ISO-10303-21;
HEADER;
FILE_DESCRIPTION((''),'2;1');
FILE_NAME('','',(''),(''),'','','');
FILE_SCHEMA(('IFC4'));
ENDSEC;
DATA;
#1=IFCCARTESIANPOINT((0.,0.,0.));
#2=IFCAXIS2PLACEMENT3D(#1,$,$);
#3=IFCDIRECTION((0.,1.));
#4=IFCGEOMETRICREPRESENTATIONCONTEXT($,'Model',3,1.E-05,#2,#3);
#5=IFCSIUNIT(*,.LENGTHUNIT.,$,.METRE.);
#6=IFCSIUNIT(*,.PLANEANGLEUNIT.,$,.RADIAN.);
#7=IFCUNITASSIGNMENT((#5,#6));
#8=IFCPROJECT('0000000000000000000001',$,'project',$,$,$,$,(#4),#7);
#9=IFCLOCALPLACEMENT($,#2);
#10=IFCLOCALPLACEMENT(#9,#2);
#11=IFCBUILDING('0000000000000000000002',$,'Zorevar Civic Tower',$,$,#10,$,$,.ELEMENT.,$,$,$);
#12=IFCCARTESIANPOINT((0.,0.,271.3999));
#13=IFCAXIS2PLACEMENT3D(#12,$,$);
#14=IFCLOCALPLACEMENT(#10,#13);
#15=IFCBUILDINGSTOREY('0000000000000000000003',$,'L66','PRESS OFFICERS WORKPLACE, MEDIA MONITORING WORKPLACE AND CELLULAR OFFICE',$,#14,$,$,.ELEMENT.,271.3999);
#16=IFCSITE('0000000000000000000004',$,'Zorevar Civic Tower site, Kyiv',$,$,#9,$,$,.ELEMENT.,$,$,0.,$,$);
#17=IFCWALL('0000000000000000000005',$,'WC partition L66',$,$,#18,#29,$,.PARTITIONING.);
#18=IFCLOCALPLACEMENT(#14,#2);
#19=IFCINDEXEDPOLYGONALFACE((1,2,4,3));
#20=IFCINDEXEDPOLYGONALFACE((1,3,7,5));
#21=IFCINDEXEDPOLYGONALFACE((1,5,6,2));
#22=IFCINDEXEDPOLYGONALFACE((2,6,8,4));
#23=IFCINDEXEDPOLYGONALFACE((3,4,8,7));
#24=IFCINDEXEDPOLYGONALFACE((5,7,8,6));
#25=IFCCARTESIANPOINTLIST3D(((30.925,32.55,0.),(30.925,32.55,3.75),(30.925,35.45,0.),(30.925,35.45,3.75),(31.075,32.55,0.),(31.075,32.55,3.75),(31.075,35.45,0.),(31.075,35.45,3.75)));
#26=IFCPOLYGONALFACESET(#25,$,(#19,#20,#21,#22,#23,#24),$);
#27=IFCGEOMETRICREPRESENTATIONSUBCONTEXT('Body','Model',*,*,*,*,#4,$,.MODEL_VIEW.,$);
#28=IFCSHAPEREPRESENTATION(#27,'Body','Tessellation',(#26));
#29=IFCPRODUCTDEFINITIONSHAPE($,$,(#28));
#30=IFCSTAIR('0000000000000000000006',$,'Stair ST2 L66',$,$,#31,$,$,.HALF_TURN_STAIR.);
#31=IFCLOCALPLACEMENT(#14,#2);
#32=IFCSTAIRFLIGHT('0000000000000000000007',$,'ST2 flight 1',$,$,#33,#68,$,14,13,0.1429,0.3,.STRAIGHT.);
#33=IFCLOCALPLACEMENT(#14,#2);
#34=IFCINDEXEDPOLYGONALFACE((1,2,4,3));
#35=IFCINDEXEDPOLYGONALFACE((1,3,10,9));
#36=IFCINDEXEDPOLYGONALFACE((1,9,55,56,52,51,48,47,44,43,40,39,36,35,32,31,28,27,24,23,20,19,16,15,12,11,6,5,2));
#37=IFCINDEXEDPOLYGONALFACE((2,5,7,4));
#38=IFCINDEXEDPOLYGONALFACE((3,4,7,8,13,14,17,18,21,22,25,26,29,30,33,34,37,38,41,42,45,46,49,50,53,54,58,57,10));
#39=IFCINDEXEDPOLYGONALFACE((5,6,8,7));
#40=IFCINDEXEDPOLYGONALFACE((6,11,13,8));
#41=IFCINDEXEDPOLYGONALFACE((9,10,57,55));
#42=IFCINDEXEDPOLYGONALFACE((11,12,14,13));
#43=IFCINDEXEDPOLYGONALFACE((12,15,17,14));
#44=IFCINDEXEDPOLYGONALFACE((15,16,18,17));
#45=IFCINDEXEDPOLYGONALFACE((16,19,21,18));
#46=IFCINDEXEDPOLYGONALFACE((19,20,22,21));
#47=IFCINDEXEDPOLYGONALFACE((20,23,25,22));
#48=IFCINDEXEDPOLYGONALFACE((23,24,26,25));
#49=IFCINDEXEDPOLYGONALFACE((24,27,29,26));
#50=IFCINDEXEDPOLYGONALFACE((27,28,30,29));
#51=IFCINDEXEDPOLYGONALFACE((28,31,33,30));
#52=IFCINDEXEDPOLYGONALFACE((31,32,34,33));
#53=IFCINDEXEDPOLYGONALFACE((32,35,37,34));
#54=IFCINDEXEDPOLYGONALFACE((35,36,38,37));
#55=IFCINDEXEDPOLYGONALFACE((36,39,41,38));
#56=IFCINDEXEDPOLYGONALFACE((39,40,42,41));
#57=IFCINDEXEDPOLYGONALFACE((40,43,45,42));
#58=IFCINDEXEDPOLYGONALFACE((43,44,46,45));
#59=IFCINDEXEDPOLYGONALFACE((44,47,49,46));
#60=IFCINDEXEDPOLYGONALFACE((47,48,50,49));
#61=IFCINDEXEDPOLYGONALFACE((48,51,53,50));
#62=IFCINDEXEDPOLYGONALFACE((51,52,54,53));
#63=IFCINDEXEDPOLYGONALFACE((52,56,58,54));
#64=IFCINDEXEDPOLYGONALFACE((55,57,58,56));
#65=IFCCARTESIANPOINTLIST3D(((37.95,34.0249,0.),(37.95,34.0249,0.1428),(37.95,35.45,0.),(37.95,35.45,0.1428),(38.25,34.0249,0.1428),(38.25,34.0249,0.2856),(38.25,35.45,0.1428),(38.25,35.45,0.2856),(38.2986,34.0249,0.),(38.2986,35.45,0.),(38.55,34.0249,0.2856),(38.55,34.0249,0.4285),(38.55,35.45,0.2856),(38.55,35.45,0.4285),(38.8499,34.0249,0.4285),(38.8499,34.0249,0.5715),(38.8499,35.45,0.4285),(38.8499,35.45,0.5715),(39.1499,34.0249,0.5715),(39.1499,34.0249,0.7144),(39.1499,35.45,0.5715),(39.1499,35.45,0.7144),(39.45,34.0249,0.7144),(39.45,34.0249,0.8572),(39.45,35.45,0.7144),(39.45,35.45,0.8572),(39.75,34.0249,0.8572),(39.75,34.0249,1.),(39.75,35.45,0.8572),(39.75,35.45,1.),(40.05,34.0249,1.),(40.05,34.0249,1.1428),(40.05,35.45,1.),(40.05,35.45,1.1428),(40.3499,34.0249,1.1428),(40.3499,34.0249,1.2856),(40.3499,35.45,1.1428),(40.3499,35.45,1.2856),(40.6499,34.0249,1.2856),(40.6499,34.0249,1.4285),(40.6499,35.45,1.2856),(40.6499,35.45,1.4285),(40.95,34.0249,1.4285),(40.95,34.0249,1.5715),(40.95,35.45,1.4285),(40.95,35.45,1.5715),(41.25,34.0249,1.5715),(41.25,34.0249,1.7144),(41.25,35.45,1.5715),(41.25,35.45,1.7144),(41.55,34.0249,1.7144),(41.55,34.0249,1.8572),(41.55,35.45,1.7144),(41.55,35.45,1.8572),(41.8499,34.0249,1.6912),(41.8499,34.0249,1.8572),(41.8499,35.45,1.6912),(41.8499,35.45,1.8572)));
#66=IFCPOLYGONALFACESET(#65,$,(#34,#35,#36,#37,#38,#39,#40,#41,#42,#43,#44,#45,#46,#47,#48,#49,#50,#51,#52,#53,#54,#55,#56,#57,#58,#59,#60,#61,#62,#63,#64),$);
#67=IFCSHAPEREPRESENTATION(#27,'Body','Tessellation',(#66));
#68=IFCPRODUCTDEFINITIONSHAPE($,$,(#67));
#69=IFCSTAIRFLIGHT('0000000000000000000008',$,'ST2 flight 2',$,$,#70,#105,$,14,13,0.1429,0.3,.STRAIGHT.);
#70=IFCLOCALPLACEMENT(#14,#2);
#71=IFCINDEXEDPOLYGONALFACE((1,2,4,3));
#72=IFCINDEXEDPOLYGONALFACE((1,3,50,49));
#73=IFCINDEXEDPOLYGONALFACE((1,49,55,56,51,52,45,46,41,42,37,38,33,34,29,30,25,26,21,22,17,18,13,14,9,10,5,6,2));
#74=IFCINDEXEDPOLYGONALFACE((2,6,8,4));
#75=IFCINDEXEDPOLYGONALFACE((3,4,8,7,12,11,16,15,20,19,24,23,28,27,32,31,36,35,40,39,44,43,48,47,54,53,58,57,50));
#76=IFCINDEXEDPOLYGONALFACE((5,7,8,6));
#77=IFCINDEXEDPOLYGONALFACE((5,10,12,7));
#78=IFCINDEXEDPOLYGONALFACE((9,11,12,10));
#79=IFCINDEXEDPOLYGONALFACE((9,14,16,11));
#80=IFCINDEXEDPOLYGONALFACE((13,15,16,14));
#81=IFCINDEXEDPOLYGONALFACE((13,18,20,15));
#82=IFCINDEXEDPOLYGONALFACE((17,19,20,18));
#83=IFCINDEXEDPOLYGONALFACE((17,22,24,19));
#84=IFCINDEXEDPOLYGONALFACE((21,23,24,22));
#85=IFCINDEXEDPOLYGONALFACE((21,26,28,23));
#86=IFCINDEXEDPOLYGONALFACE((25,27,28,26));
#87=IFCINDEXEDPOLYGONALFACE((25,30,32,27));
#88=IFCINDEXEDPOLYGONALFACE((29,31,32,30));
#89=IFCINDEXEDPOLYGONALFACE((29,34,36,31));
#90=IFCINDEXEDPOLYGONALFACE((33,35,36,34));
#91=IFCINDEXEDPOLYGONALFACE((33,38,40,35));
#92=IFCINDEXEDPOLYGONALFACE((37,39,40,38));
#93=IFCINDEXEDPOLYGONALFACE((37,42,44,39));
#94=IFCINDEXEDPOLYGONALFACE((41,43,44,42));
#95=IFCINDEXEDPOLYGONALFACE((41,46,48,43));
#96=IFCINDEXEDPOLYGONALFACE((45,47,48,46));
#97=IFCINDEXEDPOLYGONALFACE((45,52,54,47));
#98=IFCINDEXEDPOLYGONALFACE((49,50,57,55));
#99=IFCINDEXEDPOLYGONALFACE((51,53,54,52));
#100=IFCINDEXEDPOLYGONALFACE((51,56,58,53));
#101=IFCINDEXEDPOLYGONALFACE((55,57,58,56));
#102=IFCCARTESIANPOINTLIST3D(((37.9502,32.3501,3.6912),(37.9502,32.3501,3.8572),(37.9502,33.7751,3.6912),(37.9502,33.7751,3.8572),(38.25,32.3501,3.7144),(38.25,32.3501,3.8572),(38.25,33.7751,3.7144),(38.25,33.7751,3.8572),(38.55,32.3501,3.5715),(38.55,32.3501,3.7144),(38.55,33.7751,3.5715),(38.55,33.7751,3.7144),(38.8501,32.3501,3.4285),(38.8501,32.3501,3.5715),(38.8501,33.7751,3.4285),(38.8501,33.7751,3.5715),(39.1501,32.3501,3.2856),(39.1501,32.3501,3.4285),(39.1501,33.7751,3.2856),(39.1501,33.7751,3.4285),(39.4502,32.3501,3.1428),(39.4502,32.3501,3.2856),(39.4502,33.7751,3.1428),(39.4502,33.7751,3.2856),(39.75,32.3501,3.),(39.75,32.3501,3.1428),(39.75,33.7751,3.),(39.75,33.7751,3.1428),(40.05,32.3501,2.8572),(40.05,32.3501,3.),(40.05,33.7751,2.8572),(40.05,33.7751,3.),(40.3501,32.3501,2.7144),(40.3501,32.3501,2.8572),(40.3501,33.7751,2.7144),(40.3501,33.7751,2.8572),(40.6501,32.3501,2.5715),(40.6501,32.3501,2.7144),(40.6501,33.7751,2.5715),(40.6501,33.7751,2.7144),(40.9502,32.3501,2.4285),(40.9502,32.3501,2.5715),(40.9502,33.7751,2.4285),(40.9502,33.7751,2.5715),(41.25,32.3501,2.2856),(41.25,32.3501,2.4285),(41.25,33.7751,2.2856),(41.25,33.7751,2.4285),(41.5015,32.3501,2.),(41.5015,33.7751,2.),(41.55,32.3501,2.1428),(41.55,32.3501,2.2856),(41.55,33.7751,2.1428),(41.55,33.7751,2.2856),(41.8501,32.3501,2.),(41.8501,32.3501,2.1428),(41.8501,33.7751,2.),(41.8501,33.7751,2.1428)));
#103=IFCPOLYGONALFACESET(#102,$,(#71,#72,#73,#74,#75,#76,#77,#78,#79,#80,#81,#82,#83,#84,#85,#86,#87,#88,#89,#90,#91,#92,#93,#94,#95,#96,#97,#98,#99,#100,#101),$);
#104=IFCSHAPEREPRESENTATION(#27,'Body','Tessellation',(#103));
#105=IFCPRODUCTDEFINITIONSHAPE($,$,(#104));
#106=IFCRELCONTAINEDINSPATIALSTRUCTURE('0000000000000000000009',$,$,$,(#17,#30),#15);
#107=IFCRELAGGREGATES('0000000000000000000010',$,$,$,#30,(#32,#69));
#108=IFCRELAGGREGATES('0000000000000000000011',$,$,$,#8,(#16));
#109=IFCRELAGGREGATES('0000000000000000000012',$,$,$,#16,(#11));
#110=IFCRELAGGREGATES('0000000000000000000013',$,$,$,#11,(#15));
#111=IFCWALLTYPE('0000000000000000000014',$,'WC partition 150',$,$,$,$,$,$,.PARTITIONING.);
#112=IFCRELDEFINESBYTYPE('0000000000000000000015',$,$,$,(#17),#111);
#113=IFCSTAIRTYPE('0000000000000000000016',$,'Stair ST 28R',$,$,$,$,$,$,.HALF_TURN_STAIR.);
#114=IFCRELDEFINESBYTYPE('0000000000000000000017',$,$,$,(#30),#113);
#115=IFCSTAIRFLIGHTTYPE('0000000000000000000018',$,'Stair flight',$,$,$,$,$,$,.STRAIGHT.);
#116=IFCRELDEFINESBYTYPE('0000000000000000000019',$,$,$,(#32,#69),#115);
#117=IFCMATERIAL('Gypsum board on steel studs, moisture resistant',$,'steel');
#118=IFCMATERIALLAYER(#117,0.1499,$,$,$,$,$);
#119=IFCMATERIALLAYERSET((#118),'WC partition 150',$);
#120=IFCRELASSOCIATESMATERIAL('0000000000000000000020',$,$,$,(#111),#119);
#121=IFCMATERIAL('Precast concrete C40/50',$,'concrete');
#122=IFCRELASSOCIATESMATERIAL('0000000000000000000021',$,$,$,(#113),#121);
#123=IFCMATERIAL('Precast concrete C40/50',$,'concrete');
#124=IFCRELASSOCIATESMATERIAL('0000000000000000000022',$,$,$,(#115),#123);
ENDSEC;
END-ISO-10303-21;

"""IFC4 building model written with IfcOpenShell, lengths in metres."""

from ifc_helpers import new_model, si_unit, direction, frame, frame_2d, origin, place, context, subcontext, project, spatial, polyline, rectangle, outline, extrude, material, layer, layer_set, type_object, element, aggregate, save


model = new_model("IFC4")

# Units and contexts
model_context = context("Model", 3, precision=1e-05, world=origin(), true_north=direction((0.0, 1.0)))
body_context = subcontext(model_context, "Body", "Model", "MODEL_VIEW")
ifc_project = project(units=[si_unit("LENGTHUNIT", "METRE"), si_unit("PLANEANGLEUNIT", "RADIAN")], contexts=[model_context])

# Site, building, storey
site_placement = place(None, origin())
site = spatial("IfcSite", under=ifc_project, at=site_placement, Name="Zorevar Civic Tower site, Kyiv", CompositionType="ELEMENT", RefElevation=0.0)
building_placement = place(site_placement, origin())
building = spatial("IfcBuilding", under=site, at=building_placement, Name="Zorevar Civic Tower", CompositionType="ELEMENT")
storey_placement = place(building_placement, frame((0.0, 0.0, 271.3999)))
storey = spatial("IfcBuildingStorey", under=building, at=storey_placement, Name="L66", Description="PRESS OFFICERS WORKPLACE, MEDIA MONITORING WORKPLACE AND CELLULAR OFFICE", CompositionType="ELEMENT", Elevation=271.3999)

# Wall
ifc_material_1 = material(Name="Gypsum board on steel studs, moisture resistant", Category="steel")
ifc_layer_1 = layer(ifc_material_1, 0.1499)
ifc_layer_set_1 = layer_set([ifc_layer_1], Name="WC partition 150")
wall_type_1 = type_object("IfcWallType", Name="WC partition 150", PredefinedType="PARTITIONING", material=ifc_layer_set_1)
wall_1_placement = place(storey_placement, frame((31.0, 32.55, 0.0), z_axis=(0.0, 0.0, 1.0), x_axis=(0.0, 1.0, 0.0)))
element("IfcWall", 1, at=wall_1_placement, inside=storey, type_object=wall_type_1, Name="WC partition L66", PredefinedType="PARTITIONING", context=body_context, shape_type="SweptSolid", body=[
    extrude(rectangle(XDim=2.8999, YDim=0.1499, at=frame_2d((1.45, 0.0))), origin(), (0.0, 0.0, 1.0), 3.75),
])

# Stair, stair flights
ifc_material_2 = material(Name="Precast concrete C40/50", Category="concrete")
stair_type = type_object("IfcStairType", Name="Stair ST 28R", PredefinedType="HALF_TURN_STAIR", material=ifc_material_2)
stair_placement = place(storey_placement, origin())
stair = element("IfcStair", 2, at=stair_placement, inside=storey, type_object=stair_type, Name="Stair ST2 L66", PredefinedType="HALF_TURN_STAIR")
ifc_material_3 = material(Name="Precast concrete C40/50", Category="concrete")
stair_flight_type = type_object("IfcStairFlightType", Name="Stair flight", PredefinedType="STRAIGHT", material=ifc_material_3)
stair_flight_1_placement = place(storey_placement, frame((37.95, 34.7375, 0.0), z_axis=(0.0, 0.0, 1.0), x_axis=(1.0, 0.0, 0.0)))
stair_flight_1 = element("IfcStairFlight", 3, at=stair_flight_1_placement, type_object=stair_flight_type, Name="ST2 flight 1", NumberOfRisers=14, NumberOfTreads=13, PredefinedType="STRAIGHT", RiserHeight=0.1429, TreadLength=0.3, context=body_context, shape_type="SweptSolid", body=[
    extrude(outline(polyline([(0.0, 0.0), (0.0, 0.1428), (0.3, 0.1428), (0.3, 0.2856), (0.6001, 0.2856), (0.6001, 0.4285), (0.8999, 0.4285), (0.8999, 0.5715), (1.2, 0.5715), (1.2, 0.7144), (1.5, 0.7144), (1.5, 0.8572), (1.8, 0.8572), (1.8, 1.0), (2.1001, 1.0), (2.1001, 1.1428), (2.3999, 1.1428), (2.3999, 1.2856), (2.7, 1.2856), (2.7, 1.4285), (3.0, 1.4285), (3.0, 1.5715), (3.3, 1.5715), (3.3, 1.7144), (3.6001, 1.7144), (3.6001, 1.8572), (3.8999, 1.8572), (3.8999, 2.0), (3.8999, 1.6912), (0.3486, 0.0), (0.0, 0.0)])), frame((0.0, 0.7124, 0.0), z_axis=(0.0, -1.0, 0.0), x_axis=(1.0, 0.0, 0.0)), (0.0, 0.0, 1.0), 1.425),
])
stair_flight_2_placement = place(storey_placement, frame((41.8501, 33.0625, 2.0), z_axis=(0.0, 0.0, 1.0), x_axis=(-1.0, 0.0, 0.0)))
stair_flight_2 = element("IfcStairFlight", 4, at=stair_flight_2_placement, type_object=stair_flight_type, Name="ST2 flight 2", NumberOfRisers=14, NumberOfTreads=13, PredefinedType="STRAIGHT", RiserHeight=0.1429, TreadLength=0.3, context=body_context, shape_type="SweptSolid", body=[
    extrude(outline(polyline([(0.0, 0.0), (0.0, 0.1428), (0.3, 0.1428), (0.3, 0.2856), (0.6001, 0.2856), (0.6001, 0.4285), (0.8999, 0.4285), (0.8999, 0.5715), (1.2, 0.5715), (1.2, 0.7144), (1.5, 0.7144), (1.5, 0.8572), (1.8, 0.8572), (1.8, 1.0), (2.1001, 1.0), (2.1001, 1.1428), (2.3999, 1.1428), (2.3999, 1.2856), (2.7, 1.2856), (2.7, 1.4285), (3.0, 1.4285), (3.0, 1.5715), (3.3, 1.5715), (3.3, 1.7144), (3.6001, 1.7144), (3.6001, 1.8572), (3.8999, 1.8572), (3.8999, 2.0), (3.8999, 1.6912), (0.3486, 0.0), (0.0, 0.0)])), frame((0.0, 0.7124, 0.0), z_axis=(0.0, -1.0, 0.0), x_axis=(1.0, 0.0, 0.0)), (0.0, 0.0, 1.0), 1.425),
])
aggregate(stair, [stair_flight_1, stair_flight_2])

save(model, "model.ifc")
